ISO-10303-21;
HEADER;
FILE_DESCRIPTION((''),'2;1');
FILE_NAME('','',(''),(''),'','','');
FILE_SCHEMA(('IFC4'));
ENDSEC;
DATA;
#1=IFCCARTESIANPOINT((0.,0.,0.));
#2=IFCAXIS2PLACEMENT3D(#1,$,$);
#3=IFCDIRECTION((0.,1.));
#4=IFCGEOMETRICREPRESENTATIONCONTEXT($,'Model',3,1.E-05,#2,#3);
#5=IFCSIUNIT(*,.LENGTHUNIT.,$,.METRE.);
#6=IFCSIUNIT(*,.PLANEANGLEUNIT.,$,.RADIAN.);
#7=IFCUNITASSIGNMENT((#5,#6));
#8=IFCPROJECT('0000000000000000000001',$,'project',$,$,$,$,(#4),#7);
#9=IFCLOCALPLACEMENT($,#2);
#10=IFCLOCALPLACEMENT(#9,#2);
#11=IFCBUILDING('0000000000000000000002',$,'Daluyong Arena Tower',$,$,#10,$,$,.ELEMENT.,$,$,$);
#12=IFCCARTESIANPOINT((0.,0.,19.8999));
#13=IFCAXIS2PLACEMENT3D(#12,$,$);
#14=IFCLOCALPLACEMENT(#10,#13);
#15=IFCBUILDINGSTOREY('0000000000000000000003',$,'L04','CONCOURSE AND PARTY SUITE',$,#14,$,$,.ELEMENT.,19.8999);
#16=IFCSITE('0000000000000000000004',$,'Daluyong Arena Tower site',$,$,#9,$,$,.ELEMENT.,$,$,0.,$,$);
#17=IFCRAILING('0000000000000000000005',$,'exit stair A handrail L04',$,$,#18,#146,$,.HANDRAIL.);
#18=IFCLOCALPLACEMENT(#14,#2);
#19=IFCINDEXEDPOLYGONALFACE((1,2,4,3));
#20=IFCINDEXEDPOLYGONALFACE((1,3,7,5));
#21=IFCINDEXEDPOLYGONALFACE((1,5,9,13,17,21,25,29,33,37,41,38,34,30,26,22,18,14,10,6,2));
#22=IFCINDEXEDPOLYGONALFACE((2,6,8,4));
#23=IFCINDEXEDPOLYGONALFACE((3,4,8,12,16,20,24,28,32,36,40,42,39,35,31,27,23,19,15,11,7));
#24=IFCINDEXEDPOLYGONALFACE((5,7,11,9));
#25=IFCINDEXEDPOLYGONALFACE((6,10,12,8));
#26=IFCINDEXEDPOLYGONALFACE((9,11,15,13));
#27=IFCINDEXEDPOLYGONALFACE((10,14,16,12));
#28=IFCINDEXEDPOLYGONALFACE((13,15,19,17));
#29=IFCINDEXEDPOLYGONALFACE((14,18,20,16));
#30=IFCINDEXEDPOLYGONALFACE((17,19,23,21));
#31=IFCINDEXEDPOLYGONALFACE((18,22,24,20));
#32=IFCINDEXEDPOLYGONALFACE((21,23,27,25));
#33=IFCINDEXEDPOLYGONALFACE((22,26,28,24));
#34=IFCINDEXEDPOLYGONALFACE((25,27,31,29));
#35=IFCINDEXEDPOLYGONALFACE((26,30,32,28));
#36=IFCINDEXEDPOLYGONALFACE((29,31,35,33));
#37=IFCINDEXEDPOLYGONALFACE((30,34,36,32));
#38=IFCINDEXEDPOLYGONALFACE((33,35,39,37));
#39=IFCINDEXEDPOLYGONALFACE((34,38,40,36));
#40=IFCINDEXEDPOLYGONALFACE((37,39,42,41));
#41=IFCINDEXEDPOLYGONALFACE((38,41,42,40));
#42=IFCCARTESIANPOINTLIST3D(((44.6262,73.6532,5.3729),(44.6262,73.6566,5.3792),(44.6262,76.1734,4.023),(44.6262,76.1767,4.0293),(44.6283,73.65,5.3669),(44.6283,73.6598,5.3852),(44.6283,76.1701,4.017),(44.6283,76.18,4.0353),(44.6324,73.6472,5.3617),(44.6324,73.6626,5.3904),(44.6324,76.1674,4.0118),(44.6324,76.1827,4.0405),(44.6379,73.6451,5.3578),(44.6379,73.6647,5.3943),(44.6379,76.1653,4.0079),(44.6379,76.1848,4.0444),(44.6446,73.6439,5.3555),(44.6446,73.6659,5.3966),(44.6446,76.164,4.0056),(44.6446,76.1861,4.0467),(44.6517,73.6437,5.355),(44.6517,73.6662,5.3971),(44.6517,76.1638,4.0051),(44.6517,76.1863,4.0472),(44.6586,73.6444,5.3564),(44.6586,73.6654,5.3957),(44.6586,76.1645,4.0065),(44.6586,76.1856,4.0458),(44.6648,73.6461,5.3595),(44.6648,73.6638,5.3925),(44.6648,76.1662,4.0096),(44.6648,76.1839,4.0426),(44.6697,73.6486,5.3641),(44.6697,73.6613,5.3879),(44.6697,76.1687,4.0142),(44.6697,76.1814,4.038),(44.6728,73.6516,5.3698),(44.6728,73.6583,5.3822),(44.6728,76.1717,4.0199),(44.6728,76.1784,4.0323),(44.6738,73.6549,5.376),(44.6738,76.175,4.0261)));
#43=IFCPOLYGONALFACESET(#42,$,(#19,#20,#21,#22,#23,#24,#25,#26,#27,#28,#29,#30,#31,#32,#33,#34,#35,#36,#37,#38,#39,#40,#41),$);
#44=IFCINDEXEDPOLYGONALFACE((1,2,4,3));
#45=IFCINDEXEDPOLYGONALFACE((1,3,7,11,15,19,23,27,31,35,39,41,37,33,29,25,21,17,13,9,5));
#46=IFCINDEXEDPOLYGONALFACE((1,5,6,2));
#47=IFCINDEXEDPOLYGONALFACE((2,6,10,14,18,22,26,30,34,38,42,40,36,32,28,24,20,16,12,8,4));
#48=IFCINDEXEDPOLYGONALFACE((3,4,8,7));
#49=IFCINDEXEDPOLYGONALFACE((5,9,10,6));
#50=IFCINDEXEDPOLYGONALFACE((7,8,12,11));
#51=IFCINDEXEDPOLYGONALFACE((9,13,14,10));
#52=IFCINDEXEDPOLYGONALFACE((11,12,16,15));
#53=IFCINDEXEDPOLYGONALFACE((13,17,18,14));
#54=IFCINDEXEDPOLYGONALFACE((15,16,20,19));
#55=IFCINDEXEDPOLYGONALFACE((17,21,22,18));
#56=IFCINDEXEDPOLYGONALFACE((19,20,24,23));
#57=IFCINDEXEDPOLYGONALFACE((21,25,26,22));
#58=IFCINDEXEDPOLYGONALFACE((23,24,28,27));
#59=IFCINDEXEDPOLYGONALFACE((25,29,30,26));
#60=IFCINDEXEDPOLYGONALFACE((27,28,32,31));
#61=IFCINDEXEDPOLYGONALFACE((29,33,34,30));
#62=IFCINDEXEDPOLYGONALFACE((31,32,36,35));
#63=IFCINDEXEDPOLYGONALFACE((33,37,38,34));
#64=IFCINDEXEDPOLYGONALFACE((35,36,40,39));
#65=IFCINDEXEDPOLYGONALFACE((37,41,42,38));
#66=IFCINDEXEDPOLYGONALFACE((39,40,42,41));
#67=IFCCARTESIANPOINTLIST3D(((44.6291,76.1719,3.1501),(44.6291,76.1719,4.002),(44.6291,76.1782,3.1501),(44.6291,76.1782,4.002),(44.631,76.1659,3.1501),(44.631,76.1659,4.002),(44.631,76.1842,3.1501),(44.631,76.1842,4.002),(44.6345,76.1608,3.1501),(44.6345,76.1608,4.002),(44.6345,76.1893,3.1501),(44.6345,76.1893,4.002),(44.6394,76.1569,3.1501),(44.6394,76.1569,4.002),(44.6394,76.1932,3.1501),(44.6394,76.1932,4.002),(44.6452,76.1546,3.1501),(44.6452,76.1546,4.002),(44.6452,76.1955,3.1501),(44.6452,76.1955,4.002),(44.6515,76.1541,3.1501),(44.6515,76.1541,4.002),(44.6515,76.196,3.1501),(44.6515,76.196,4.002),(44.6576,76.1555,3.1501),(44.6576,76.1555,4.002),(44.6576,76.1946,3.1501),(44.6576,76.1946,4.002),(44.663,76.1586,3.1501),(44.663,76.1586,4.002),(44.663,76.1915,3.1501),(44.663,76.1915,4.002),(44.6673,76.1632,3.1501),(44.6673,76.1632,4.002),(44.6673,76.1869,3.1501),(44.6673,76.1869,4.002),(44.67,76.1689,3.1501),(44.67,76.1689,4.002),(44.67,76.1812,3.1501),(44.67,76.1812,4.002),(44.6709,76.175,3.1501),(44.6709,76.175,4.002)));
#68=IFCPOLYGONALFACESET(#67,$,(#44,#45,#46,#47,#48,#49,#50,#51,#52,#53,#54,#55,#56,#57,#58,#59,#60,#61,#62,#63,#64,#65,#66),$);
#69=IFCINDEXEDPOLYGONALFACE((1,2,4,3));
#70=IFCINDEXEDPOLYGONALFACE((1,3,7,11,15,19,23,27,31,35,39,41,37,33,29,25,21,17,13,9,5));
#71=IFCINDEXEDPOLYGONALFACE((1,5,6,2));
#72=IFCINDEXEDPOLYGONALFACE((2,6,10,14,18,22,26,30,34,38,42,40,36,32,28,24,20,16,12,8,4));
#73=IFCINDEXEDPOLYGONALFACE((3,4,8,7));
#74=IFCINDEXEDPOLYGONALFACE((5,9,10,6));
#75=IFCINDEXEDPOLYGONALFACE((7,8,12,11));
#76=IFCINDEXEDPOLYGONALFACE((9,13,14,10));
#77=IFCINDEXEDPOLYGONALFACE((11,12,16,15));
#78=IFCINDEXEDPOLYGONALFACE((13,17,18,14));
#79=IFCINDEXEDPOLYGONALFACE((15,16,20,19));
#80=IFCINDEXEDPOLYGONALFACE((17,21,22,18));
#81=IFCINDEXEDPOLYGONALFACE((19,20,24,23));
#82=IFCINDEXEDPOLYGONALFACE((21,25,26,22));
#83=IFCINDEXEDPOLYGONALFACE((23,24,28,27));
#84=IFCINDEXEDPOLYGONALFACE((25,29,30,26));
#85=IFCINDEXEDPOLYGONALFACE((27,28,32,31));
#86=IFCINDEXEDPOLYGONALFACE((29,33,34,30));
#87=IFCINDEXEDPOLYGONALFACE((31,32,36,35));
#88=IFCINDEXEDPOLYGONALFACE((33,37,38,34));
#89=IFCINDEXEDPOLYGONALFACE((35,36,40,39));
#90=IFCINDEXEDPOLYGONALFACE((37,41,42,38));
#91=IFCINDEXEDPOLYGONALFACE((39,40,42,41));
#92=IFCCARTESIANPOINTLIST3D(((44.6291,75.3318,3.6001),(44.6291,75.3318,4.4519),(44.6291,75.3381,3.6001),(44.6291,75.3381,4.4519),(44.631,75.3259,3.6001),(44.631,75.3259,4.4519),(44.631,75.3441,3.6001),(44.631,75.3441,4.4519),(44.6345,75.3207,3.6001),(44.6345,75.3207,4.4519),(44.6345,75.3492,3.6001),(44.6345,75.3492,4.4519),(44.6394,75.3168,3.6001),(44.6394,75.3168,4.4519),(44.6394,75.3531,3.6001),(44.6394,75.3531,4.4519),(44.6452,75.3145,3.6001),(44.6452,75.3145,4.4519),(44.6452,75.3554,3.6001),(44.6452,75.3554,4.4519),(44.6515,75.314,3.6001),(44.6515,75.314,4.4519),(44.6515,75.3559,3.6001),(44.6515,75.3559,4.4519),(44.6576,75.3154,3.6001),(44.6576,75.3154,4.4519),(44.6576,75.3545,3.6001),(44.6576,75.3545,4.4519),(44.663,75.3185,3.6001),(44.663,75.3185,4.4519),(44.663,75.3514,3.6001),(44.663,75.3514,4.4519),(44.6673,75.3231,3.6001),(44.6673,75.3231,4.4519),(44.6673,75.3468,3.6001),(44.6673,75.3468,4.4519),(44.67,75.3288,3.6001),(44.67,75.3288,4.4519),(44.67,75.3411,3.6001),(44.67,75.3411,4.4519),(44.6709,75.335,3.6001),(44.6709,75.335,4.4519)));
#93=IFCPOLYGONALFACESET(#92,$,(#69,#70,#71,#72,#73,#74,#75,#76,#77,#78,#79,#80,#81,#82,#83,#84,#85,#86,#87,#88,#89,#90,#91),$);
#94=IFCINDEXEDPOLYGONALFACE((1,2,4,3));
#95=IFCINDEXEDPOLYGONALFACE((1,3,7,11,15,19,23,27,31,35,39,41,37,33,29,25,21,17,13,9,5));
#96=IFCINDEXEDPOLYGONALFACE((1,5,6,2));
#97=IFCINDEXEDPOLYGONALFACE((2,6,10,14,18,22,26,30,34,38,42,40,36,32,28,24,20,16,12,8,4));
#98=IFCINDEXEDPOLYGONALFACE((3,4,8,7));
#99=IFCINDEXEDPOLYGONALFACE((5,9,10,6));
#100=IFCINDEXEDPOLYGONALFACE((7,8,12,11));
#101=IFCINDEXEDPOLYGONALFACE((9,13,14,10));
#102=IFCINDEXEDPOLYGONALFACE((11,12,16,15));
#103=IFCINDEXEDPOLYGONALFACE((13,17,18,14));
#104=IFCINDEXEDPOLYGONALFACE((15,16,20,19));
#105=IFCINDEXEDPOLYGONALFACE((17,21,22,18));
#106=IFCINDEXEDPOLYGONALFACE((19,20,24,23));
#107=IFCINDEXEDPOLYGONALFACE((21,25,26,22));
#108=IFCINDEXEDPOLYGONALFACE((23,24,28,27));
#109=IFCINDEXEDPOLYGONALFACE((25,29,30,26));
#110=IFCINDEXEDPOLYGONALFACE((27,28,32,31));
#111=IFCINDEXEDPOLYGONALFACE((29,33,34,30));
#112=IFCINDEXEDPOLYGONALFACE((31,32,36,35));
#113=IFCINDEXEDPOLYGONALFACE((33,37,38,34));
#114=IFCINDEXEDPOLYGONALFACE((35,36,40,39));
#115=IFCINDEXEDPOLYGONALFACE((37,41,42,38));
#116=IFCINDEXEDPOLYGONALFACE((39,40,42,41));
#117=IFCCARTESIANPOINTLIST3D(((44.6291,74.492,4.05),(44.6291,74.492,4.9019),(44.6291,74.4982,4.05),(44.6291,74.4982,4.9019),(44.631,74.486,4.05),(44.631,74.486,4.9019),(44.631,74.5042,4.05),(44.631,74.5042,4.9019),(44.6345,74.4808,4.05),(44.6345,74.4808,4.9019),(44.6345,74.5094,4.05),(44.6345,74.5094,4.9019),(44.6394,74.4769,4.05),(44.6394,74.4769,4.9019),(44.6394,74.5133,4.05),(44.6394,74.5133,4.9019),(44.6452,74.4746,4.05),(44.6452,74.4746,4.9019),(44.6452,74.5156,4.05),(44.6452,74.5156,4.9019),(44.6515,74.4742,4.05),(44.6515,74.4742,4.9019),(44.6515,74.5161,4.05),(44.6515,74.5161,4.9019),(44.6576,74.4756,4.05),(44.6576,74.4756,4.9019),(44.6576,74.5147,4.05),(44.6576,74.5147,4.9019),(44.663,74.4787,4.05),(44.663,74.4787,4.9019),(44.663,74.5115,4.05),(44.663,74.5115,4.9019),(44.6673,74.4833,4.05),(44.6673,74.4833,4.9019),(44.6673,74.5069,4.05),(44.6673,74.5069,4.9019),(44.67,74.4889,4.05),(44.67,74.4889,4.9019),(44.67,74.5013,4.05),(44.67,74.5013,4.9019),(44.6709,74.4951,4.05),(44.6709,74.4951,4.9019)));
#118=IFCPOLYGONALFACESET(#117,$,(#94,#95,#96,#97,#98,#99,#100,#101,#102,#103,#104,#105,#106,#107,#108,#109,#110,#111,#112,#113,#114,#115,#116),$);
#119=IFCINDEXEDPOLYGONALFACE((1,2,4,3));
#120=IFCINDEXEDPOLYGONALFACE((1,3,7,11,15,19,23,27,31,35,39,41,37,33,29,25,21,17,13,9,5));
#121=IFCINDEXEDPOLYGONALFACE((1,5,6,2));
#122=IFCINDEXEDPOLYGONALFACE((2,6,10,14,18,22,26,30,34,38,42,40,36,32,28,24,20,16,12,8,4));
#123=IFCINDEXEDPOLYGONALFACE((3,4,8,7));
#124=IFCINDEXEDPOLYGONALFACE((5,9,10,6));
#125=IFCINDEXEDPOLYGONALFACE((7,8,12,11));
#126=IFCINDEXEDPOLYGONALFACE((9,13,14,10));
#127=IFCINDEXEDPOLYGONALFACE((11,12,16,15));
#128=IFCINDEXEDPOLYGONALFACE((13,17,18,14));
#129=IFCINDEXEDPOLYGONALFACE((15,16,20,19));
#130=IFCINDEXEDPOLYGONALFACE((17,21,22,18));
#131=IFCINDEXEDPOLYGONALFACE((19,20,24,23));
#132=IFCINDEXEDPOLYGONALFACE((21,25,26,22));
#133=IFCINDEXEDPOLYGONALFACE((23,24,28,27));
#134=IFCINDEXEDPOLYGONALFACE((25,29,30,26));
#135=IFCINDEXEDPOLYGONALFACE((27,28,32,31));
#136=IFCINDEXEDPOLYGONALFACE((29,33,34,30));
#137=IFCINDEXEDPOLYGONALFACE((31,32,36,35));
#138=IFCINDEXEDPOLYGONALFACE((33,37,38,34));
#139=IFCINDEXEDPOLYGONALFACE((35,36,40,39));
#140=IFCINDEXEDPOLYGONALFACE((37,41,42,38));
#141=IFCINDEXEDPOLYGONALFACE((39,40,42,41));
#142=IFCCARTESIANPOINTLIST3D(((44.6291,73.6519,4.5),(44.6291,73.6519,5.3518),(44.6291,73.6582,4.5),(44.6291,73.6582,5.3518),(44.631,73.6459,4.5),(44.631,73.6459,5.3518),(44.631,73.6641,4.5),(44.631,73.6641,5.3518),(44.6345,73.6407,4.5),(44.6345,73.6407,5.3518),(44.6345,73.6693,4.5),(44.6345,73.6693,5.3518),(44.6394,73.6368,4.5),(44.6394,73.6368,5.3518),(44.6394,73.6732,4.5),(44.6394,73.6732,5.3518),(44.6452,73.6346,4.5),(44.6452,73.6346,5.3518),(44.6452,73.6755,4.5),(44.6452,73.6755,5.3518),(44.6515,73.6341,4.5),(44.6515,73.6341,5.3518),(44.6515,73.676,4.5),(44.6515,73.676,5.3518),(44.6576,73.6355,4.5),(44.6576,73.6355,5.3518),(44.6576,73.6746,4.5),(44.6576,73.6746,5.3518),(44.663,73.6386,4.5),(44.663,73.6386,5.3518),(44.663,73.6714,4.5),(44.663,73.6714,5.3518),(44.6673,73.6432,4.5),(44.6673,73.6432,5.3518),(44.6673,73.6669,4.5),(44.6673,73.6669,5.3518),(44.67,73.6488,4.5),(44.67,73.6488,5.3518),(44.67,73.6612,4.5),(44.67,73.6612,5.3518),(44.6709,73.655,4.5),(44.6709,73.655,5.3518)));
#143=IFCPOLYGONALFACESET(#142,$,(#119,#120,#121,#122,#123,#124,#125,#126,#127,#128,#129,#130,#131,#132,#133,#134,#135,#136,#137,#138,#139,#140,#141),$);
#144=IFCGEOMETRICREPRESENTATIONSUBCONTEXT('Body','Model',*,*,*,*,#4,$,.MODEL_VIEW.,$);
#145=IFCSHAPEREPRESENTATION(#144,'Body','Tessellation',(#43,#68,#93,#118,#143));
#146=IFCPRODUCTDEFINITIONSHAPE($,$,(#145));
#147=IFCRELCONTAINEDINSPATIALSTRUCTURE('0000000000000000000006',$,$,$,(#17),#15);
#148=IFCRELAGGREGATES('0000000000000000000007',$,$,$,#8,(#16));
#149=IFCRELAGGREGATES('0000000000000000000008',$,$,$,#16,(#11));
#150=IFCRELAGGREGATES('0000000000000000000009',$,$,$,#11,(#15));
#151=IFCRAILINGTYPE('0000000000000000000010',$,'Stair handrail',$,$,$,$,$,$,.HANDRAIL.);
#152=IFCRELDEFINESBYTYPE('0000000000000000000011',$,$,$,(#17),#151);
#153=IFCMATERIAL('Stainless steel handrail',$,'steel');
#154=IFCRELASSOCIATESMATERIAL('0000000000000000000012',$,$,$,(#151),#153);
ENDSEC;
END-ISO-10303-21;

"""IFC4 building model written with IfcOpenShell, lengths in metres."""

from ifc_helpers import new_model, si_unit, direction, frame, origin, origin_2d, place, context, subcontext, project, spatial, circle, extrude, material, type_object, element, save


model = new_model("IFC4")

# Units and contexts
model_context = context("Model", 3, precision=1e-05, world=origin(), true_north=direction((0.0, 1.0)))
body_context = subcontext(model_context, "Body", "Model", "MODEL_VIEW")
ifc_project = project(units=[si_unit("LENGTHUNIT", "METRE"), si_unit("PLANEANGLEUNIT", "RADIAN")], contexts=[model_context])

# Site, building, storey
site_placement = place(None, origin())
site = spatial("IfcSite", under=ifc_project, at=site_placement, Name="Daluyong Arena Tower site", CompositionType="ELEMENT", RefElevation=0.0)
building_placement = place(site_placement, origin())
building = spatial("IfcBuilding", under=site, at=building_placement, Name="Daluyong Arena Tower", CompositionType="ELEMENT")
storey_placement = place(building_placement, frame((0.0, 0.0, 19.8999)))
storey = spatial("IfcBuildingStorey", under=building, at=storey_placement, Name="L04", Description="CONCOURSE AND PARTY SUITE", CompositionType="ELEMENT", Elevation=19.8999)

# Railing
ifc_material_1 = material(Name="Stainless steel handrail", Category="steel")
railing_type_1 = type_object("IfcRailingType", Name="Stair handrail", PredefinedType="HANDRAIL", material=ifc_material_1)
for number, where, name in (
    (1, (44.6499, 76.175, 3.1501), "exit stair A handrail L04"),
):
    element("IfcRailing", number, at=place(storey_placement, frame(where)), inside=storey, type_object=railing_type_1, Name=name, PredefinedType="HANDRAIL", context=body_context, shape_type="SweptSolid", body=[
        extrude(circle(Radius=0.0239, at=origin_2d()), frame((0.0, 0.0, 0.876), z_axis=(0.0, -0.881503, 0.472179), x_axis=(1.0, 0.0, 0.0)), (0.0, 0.0, 1.0), 2.8589),
        extrude(circle(Radius=0.021, at=origin_2d()), origin(), (0.0, 0.0, 1.0), 0.8518),
        extrude(circle(Radius=0.021, at=origin_2d()), frame((0.0, -0.8401, 0.45)), (0.0, 0.0, 1.0), 0.8518),
        extrude(circle(Radius=0.021, at=origin_2d()), frame((0.0, -1.6799, 0.8999)), (0.0, 0.0, 1.0), 0.8518),
        extrude(circle(Radius=0.021, at=origin_2d()), frame((0.0, -2.52, 1.3499)), (0.0, 0.0, 1.0), 0.8518),
    ])

save(model, "model.ifc")
